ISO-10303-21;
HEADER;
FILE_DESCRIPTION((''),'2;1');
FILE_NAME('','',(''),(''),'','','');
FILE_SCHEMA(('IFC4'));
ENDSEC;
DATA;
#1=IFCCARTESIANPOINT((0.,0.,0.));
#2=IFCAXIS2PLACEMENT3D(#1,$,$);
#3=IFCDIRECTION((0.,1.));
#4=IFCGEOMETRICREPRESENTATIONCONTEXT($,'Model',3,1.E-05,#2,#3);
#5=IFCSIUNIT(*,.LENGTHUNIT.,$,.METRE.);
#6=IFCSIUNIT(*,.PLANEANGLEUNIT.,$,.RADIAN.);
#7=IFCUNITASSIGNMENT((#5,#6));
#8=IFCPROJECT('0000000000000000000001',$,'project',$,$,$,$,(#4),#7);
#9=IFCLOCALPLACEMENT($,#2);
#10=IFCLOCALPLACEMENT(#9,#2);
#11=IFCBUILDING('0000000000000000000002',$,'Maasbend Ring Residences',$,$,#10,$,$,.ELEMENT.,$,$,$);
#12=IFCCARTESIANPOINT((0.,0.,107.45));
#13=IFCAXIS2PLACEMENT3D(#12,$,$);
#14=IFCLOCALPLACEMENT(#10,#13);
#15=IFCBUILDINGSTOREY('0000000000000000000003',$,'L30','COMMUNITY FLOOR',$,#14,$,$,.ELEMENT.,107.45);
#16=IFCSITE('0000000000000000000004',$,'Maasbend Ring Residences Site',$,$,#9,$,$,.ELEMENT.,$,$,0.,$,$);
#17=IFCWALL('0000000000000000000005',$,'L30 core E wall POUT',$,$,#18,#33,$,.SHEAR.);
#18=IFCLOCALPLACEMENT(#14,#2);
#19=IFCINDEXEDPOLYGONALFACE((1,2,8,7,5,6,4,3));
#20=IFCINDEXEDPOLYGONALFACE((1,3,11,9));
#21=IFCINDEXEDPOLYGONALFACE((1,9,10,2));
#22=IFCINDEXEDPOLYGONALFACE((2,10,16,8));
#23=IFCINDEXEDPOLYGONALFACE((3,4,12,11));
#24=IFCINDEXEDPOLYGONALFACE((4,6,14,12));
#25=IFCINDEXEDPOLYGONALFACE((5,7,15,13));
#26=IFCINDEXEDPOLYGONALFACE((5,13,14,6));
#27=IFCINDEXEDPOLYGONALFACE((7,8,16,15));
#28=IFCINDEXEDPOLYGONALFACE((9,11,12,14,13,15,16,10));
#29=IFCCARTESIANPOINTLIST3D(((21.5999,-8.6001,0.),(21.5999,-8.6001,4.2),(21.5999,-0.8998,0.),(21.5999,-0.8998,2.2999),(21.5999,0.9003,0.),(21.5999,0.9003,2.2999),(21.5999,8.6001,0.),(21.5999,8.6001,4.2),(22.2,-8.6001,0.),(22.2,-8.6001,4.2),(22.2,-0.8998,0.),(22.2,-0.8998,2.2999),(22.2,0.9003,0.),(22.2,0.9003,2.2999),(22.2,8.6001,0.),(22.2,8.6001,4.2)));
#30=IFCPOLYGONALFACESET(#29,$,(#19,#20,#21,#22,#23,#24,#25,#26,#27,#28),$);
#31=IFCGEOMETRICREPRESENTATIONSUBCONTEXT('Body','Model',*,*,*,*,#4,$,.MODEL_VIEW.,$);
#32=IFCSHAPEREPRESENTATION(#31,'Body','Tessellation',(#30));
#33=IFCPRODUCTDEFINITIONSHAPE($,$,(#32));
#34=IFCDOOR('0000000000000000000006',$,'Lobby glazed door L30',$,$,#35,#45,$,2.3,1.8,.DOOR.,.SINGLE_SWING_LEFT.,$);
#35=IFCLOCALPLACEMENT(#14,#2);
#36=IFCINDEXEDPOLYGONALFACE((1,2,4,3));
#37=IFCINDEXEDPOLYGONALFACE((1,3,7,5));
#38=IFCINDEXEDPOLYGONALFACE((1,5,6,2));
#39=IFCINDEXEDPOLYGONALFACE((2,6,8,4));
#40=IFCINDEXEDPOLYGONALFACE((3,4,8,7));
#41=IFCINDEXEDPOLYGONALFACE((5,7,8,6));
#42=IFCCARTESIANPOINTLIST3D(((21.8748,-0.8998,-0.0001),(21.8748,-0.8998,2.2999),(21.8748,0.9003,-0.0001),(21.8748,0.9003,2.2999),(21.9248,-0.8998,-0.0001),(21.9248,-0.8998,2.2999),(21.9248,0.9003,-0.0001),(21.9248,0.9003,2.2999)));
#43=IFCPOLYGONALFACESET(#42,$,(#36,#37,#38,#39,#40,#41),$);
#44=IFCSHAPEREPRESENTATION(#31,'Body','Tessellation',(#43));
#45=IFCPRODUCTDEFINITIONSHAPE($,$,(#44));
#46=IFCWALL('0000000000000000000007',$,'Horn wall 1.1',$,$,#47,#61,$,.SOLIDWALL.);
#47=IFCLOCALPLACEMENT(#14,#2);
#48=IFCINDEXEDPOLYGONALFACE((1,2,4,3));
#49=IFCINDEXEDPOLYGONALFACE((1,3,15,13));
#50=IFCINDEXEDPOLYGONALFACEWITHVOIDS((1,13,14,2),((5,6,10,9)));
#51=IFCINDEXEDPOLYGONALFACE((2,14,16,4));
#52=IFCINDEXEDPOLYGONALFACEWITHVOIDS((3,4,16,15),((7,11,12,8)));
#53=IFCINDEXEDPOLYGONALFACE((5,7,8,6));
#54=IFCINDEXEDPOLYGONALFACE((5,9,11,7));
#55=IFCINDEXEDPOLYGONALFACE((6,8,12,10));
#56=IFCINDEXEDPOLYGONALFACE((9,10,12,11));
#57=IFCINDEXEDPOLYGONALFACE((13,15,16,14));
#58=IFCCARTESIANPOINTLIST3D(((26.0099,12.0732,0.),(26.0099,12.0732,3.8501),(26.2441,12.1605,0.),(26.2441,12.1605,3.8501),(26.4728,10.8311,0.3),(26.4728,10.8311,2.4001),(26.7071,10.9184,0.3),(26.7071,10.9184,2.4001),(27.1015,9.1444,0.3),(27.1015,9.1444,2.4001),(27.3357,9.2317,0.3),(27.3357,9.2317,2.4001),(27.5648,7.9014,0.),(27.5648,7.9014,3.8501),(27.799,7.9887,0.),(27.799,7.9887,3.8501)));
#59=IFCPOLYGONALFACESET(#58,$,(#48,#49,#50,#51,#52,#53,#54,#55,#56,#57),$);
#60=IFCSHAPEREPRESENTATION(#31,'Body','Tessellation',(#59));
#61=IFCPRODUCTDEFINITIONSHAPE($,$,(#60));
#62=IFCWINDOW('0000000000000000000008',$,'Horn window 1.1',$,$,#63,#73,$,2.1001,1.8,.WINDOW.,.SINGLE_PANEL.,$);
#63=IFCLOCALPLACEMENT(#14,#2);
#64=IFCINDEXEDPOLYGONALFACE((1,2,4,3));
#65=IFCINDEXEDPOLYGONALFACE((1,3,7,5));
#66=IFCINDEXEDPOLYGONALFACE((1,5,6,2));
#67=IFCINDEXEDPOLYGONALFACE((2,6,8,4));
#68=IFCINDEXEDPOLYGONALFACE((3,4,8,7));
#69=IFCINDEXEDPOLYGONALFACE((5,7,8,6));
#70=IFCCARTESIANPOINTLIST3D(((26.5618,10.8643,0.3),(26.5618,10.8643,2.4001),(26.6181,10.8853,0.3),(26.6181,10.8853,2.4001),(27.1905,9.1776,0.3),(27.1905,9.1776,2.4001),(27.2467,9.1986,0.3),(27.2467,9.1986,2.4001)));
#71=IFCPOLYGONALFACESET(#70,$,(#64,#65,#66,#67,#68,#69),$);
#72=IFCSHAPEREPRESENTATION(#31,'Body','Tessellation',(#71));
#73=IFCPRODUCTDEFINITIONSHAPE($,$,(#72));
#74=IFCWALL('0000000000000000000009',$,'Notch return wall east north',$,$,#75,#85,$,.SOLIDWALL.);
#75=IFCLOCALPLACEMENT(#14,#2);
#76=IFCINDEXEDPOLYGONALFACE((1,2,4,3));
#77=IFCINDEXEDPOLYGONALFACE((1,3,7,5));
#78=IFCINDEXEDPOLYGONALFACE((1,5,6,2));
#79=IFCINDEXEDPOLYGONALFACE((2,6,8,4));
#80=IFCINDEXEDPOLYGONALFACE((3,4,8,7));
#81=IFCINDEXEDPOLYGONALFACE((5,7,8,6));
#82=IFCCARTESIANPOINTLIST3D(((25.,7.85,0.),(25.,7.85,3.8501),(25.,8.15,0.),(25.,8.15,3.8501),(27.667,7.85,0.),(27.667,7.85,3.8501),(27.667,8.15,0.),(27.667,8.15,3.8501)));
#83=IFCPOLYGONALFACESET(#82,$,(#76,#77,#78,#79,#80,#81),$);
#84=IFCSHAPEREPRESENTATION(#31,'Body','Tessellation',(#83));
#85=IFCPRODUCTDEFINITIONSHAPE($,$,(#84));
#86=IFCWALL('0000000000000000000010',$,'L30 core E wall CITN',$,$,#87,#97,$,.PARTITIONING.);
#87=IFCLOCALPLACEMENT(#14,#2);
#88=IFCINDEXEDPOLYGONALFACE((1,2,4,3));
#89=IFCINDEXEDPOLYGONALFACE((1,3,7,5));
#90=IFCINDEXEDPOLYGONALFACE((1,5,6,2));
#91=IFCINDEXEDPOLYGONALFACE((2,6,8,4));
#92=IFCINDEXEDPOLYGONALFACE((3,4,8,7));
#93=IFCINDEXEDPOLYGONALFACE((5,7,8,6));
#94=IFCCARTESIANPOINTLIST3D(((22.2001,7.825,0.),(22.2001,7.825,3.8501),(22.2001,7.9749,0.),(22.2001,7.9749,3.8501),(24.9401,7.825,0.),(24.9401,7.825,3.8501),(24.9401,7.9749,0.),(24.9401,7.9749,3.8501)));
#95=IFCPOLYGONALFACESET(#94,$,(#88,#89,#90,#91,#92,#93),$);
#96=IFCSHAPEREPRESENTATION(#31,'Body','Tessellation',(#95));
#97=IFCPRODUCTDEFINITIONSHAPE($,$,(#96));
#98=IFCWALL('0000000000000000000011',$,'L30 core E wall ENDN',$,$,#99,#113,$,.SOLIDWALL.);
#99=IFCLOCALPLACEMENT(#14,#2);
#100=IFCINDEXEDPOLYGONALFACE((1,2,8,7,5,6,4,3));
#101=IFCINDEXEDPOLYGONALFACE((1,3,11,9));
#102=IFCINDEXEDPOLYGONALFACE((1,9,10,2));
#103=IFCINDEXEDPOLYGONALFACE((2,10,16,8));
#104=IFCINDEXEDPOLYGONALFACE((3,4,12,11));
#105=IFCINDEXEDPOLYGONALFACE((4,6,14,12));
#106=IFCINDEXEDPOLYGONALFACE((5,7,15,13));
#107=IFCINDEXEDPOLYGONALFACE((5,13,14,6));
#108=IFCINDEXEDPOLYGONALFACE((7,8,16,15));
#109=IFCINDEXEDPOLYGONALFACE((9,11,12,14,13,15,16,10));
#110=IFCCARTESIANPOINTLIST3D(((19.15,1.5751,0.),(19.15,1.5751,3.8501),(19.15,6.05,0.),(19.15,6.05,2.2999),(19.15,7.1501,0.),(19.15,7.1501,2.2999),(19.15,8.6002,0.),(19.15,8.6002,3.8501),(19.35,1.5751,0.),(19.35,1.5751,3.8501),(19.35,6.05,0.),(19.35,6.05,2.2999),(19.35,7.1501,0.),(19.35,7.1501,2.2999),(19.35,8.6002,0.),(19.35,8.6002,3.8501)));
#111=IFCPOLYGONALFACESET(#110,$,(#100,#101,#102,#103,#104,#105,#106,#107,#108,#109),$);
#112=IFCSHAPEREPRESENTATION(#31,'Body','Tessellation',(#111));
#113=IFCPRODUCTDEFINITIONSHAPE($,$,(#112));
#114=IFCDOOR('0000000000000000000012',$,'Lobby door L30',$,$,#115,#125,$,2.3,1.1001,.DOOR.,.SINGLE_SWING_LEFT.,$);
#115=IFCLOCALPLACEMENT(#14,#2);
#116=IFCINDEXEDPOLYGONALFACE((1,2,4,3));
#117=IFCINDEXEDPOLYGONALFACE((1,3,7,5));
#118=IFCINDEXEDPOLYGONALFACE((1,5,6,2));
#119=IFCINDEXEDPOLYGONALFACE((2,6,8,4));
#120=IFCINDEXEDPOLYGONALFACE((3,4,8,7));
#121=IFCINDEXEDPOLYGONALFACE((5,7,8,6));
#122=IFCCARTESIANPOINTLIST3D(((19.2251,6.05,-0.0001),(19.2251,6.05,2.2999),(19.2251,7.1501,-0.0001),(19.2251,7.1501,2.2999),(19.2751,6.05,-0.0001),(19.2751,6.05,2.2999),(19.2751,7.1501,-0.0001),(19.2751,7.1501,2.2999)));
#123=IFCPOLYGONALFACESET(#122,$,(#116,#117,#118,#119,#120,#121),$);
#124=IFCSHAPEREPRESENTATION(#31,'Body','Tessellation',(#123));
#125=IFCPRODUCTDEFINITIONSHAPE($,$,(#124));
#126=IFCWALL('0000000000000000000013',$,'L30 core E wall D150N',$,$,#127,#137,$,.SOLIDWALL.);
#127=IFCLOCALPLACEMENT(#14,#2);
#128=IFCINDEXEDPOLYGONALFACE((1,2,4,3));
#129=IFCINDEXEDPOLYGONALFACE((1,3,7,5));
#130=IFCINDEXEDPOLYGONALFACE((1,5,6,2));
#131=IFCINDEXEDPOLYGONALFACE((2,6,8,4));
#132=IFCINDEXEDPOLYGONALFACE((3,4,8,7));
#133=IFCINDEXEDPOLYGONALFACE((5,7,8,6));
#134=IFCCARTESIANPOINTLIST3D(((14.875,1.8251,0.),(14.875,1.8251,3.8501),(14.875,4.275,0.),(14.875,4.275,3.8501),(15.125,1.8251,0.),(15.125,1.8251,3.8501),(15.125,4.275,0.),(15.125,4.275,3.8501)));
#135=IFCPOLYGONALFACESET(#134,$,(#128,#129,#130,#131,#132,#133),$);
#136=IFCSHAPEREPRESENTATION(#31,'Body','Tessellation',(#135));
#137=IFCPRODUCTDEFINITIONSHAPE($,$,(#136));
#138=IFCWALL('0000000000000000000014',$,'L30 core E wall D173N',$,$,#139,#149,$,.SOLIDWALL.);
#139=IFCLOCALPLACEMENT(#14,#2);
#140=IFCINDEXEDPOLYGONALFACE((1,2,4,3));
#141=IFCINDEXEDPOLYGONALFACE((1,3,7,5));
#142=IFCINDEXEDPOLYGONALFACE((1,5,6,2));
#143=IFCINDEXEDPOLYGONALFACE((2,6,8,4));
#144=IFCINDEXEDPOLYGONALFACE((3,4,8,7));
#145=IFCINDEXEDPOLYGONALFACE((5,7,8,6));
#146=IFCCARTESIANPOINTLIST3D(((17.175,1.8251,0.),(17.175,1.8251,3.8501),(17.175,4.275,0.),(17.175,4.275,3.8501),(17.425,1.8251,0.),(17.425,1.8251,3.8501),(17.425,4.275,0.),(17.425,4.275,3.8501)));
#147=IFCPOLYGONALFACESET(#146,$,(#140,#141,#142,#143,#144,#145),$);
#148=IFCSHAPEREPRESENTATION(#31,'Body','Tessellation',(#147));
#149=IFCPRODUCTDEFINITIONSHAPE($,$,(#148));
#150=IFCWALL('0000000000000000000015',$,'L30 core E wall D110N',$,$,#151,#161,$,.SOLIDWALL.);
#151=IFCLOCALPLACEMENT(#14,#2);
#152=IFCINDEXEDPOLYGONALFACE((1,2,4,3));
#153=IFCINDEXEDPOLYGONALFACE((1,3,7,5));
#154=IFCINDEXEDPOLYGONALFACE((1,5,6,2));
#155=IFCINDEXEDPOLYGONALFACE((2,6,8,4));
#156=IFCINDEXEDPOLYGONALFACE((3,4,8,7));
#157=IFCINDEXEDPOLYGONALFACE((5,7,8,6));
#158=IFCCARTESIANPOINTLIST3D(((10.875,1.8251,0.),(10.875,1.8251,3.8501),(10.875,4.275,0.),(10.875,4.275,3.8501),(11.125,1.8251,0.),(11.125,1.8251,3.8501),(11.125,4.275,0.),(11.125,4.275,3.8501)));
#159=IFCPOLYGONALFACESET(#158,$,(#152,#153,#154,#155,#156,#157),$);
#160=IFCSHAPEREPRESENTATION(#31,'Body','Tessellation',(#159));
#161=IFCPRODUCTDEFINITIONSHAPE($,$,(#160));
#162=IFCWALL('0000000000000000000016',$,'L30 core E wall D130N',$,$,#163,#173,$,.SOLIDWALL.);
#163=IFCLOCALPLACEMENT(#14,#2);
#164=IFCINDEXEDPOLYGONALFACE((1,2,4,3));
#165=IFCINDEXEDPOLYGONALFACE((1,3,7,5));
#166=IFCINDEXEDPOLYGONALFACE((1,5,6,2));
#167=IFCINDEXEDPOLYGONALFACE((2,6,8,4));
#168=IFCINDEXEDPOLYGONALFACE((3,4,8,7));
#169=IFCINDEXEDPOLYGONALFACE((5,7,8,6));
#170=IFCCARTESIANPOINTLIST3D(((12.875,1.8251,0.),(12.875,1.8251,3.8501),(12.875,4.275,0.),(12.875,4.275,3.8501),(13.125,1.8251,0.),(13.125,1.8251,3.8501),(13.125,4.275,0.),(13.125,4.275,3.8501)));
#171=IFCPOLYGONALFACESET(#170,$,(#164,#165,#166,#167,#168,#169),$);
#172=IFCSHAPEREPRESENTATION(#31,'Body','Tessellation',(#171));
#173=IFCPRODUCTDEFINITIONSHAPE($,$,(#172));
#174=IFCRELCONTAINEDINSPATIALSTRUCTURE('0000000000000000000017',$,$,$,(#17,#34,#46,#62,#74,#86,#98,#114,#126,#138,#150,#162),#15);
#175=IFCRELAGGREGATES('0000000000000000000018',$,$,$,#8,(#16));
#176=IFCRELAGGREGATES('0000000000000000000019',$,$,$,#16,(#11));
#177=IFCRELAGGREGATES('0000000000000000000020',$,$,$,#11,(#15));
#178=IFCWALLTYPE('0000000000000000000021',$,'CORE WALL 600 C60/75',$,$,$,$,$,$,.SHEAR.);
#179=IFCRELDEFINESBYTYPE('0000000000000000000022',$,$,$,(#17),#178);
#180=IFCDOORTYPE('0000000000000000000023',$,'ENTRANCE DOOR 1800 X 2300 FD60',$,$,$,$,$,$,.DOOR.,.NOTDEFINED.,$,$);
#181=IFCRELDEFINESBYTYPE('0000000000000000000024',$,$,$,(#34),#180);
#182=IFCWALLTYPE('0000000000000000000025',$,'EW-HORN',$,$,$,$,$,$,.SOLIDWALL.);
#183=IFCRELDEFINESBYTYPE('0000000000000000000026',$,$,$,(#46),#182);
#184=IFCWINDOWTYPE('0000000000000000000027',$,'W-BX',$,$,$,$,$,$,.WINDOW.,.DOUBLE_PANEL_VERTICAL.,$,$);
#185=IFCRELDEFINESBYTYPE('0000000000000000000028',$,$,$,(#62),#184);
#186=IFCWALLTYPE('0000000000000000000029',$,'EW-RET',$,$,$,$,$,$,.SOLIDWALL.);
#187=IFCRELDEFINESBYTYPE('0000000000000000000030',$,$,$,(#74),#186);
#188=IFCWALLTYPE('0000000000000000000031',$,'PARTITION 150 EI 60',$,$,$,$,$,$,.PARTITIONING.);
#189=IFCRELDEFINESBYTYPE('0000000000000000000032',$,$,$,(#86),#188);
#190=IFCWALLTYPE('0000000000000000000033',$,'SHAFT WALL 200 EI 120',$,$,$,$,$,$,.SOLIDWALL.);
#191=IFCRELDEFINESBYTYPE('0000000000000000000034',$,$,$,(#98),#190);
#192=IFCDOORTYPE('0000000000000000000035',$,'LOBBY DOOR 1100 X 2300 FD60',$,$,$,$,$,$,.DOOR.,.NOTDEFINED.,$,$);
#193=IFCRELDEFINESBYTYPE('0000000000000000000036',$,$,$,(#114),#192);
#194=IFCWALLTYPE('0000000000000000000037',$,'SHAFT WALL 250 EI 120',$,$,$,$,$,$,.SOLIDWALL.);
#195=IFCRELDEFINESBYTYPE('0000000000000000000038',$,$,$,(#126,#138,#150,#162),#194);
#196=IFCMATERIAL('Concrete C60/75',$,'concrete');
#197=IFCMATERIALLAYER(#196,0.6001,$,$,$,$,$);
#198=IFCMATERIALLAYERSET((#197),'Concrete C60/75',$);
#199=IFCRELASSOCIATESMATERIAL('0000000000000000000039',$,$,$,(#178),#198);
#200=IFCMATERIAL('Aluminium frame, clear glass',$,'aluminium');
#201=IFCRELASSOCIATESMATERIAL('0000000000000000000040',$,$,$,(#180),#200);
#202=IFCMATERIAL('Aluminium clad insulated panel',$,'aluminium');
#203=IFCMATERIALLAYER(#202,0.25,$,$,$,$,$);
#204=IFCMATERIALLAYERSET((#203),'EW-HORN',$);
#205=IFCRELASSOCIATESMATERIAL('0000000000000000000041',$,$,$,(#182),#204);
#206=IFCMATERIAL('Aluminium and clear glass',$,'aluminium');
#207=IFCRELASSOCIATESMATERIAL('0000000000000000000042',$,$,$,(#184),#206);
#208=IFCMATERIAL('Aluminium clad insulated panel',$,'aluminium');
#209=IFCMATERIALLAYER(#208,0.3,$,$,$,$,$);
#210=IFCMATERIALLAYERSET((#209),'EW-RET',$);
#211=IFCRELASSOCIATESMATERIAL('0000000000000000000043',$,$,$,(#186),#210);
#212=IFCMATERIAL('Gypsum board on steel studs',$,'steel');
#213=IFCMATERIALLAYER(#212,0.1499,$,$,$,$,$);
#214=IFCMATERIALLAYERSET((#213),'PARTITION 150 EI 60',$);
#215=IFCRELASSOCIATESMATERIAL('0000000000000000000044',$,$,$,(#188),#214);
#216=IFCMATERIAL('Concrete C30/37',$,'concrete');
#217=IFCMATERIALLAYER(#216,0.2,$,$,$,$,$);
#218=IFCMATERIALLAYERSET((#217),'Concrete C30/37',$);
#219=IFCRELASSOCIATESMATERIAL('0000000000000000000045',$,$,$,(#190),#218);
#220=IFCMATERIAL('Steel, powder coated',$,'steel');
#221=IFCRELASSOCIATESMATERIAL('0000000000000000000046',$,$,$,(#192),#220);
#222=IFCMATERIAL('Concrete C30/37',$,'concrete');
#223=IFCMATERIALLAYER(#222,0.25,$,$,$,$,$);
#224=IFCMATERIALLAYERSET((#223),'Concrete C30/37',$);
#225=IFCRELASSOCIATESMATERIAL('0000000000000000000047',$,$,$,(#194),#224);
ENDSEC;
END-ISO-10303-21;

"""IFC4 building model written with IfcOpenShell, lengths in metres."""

from ifc_helpers import new_model, si_unit, direction, frame, frame_2d, origin, place, context, subcontext, project, spatial, rectangle, extrude, material, layer, layer_set, type_object, element, fill, save


model = new_model("IFC4")

# Units and contexts
model_context = context("Model", 3, precision=1e-05, world=origin(), true_north=direction((0.0, 1.0)))
body_context = subcontext(model_context, "Body", "Model", "MODEL_VIEW")
ifc_project = project(units=[si_unit("LENGTHUNIT", "METRE"), si_unit("PLANEANGLEUNIT", "RADIAN")], contexts=[model_context])

# Site, building, storey
site_placement = place(None, origin())
site = spatial("IfcSite", under=ifc_project, at=site_placement, Name="Maasbend Ring Residences Site", CompositionType="ELEMENT", RefElevation=0.0)
building_placement = place(site_placement, origin())
building = spatial("IfcBuilding", under=site, at=building_placement, Name="Maasbend Ring Residences", CompositionType="ELEMENT")
storey_placement = place(building_placement, frame((0.0, 0.0, 107.45)))
storey = spatial("IfcBuildingStorey", under=building, at=storey_placement, Name="L30", Description="COMMUNITY FLOOR", CompositionType="ELEMENT", Elevation=107.45)

# Wall, opening, door
ifc_material_1 = material(Name="Concrete C60/75", Category="concrete")
ifc_layer_1 = layer(ifc_material_1, 0.6001)
ifc_layer_set_1 = layer_set([ifc_layer_1], Name="Concrete C60/75")
wall_type_1 = type_object("IfcWallType", Name="CORE WALL 600 C60/75", PredefinedType="SHEAR", material=ifc_layer_set_1)
wall_1_placement = place(storey_placement, frame((21.8999, 8.6001, 0.0), z_axis=(0.0, 0.0, 1.0), x_axis=(0.0, -1.0, 0.0)))
wall_1 = element("IfcWall", 1, at=wall_1_placement, inside=storey, type_object=wall_type_1, Name="L30 core E wall POUT", PredefinedType="SHEAR", context=body_context, shape_type="SweptSolid", body=[
    extrude(rectangle(XDim=17.2002, YDim=0.6001, at=frame_2d((8.6001, 0.0))), origin(), (0.0, 0.0, 1.0), 4.2),
])
opening_1_placement = place(wall_1_placement, frame((7.7, 0.0, 0.0)))
opening_1 = element("IfcOpeningElement", 2, at=opening_1_placement, cuts=wall_1, PredefinedType="OPENING", context=body_context, shape_type="SweptSolid", body=[
    extrude(rectangle(XDim=1.8, YDim=2.3, at=frame_2d((0.8999, 1.1499))), frame((0.0, 0.3101, 0.0), z_axis=(0.0, -1.0, 0.0), x_axis=(1.0, 0.0, 0.0)), (0.0, 0.0, 1.0), 0.6201),
])
ifc_material_2 = material(Name="Aluminium frame, clear glass", Category="aluminium")
door_type_1 = type_object("IfcDoorType", Name="ENTRANCE DOOR 1800 X 2300 FD60", OperationType="NOTDEFINED", PredefinedType="DOOR", material=ifc_material_2)
door_1_placement = place(opening_1_placement, origin())
door_1 = element("IfcDoor", 3, at=door_1_placement, inside=storey, type_object=door_type_1, Name="Lobby glazed door L30", OperationType="SINGLE_SWING_LEFT", OverallHeight=2.3, OverallWidth=1.8, PredefinedType="DOOR", context=body_context, shape_type="SweptSolid", body=[
    extrude(rectangle(XDim=1.8, YDim=2.3, at=frame_2d((0.8999, 1.1499))), frame((0.0, 0.0249, 0.0), z_axis=(0.0, -1.0, 0.0), x_axis=(1.0, 0.0, 0.0)), (0.0, 0.0, 1.0), 0.05),
])
fill(opening_1, door_1)

# Wall, opening, window
ifc_material_3 = material(Name="Aluminium clad insulated panel", Category="aluminium")
ifc_layer_2 = layer(ifc_material_3, 0.25)
ifc_layer_set_2 = layer_set([ifc_layer_2], Name="EW-HORN")
wall_type_2 = type_object("IfcWallType", Name="EW-HORN", PredefinedType="SOLIDWALL", material=ifc_layer_set_2)
wall_2_placement = place(storey_placement, frame((27.6819, 7.9451, 0.0), z_axis=(0.0, 0.0, 1.0), x_axis=(-0.349248, 0.93703, 0.0)))
wall_2 = element("IfcWall", 4, at=wall_2_placement, inside=storey, type_object=wall_type_2, Name="Horn wall 1.1", PredefinedType="SOLIDWALL", context=body_context, shape_type="SweptSolid", body=[
    extrude(rectangle(XDim=4.4521, YDim=0.25, at=frame_2d((2.2261, 0.0))), origin(), (0.0, 0.0, 1.0), 3.8501),
])
opening_2_placement = place(wall_2_placement, frame((1.3267, 0.0, 0.3)))
opening_2 = element("IfcOpeningElement", 5, at=opening_2_placement, cuts=wall_2, PredefinedType="OPENING", context=body_context, shape_type="SweptSolid", body=[
    extrude(rectangle(XDim=1.8, YDim=2.1001, at=frame_2d((0.8999, 1.05))), frame((0.0, 0.135, 0.0), z_axis=(0.0, -1.0, 0.0), x_axis=(1.0, 0.0, 0.0)), (0.0, 0.0, 1.0), 0.27),
])
ifc_material_4 = material(Name="Aluminium and clear glass", Category="aluminium")
window_type = type_object("IfcWindowType", Name="W-BX", PartitioningType="DOUBLE_PANEL_VERTICAL", PredefinedType="WINDOW", material=ifc_material_4)
window_placement = place(opening_2_placement, origin())
window = element("IfcWindow", 6, at=window_placement, inside=storey, type_object=window_type, Name="Horn window 1.1", OverallHeight=2.1001, OverallWidth=1.8, PartitioningType="SINGLE_PANEL", PredefinedType="WINDOW", context=body_context, shape_type="SweptSolid", body=[
    extrude(rectangle(XDim=1.8, YDim=2.1001, at=frame_2d((0.8999, 1.05))), frame((0.0, 0.03, 0.0), z_axis=(0.0, -1.0, 0.0), x_axis=(1.0, 0.0, 0.0)), (0.0, 0.0, 1.0), 0.0601),
])
fill(opening_2, window)

# Walls
ifc_material_5 = material(Name="Aluminium clad insulated panel", Category="aluminium")
ifc_layer_3 = layer(ifc_material_5, 0.3)
ifc_layer_set_3 = layer_set([ifc_layer_3], Name="EW-RET")
wall_type_3 = type_object("IfcWallType", Name="EW-RET", PredefinedType="SOLIDWALL", material=ifc_layer_set_3)
wall_3_placement = place(storey_placement, frame((25.0, 8.0, 0.0), z_axis=(0.0, 0.0, 1.0), x_axis=(1.0, 0.0, 0.0)))
element("IfcWall", 7, at=wall_3_placement, inside=storey, type_object=wall_type_3, Name="Notch return wall east north", PredefinedType="SOLIDWALL", context=body_context, shape_type="SweptSolid", body=[
    extrude(rectangle(XDim=2.667, YDim=0.3, at=frame_2d((1.3335, 0.0))), origin(), (0.0, 0.0, 1.0), 3.8501),
])
ifc_material_6 = material(Name="Gypsum board on steel studs", Category="steel")
ifc_layer_4 = layer(ifc_material_6, 0.1499)
ifc_layer_set_4 = layer_set([ifc_layer_4], Name="PARTITION 150 EI 60")
wall_type_4 = type_object("IfcWallType", Name="PARTITION 150 EI 60", PredefinedType="PARTITIONING", material=ifc_layer_set_4)
wall_4_placement = place(storey_placement, frame((22.2, 7.8999, 0.0), z_axis=(0.0, 0.0, 1.0), x_axis=(1.0, 0.0, 0.0)))
element("IfcWall", 8, at=wall_4_placement, inside=storey, type_object=wall_type_4, Name="L30 core E wall CITN", PredefinedType="PARTITIONING", context=body_context, shape_type="SweptSolid", body=[
    extrude(rectangle(XDim=2.74, YDim=0.1499, at=frame_2d((1.3701, 0.0))), origin(), (0.0, 0.0, 1.0), 3.8501),
])

# Wall, opening, door
ifc_material_7 = material(Name="Concrete C30/37", Category="concrete")
ifc_layer_5 = layer(ifc_material_7, 0.2)
ifc_layer_set_5 = layer_set([ifc_layer_5], Name="Concrete C30/37")
wall_type_5 = type_object("IfcWallType", Name="SHAFT WALL 200 EI 120", PredefinedType="SOLIDWALL", material=ifc_layer_set_5)
wall_5_placement = place(storey_placement, frame((19.25, 1.575, 0.0), z_axis=(0.0, 0.0, 1.0), x_axis=(0.0, 1.0, 0.0)))
wall_5 = element("IfcWall", 9, at=wall_5_placement, inside=storey, type_object=wall_type_5, Name="L30 core E wall ENDN", PredefinedType="SOLIDWALL", context=body_context, shape_type="SweptSolid", body=[
    extrude(rectangle(XDim=7.0251, YDim=0.2, at=frame_2d((3.5127, 0.0))), origin(), (0.0, 0.0, 1.0), 3.8501),
])
opening_3_placement = place(wall_5_placement, frame((4.4751, 0.0, 0.0)))
opening_3 = element("IfcOpeningElement", 10, at=opening_3_placement, cuts=wall_5, PredefinedType="OPENING", context=body_context, shape_type="SweptSolid", body=[
    extrude(rectangle(XDim=1.1001, YDim=2.3, at=frame_2d((0.55, 1.1499))), frame((0.0, 0.1099, 0.0), z_axis=(0.0, -1.0, 0.0), x_axis=(1.0, 0.0, 0.0)), (0.0, 0.0, 1.0), 0.22),
])
ifc_material_8 = material(Name="Steel, powder coated", Category="steel")
door_type_2 = type_object("IfcDoorType", Name="LOBBY DOOR 1100 X 2300 FD60", OperationType="NOTDEFINED", PredefinedType="DOOR", material=ifc_material_8)
door_2_placement = place(opening_3_placement, origin())
door_2 = element("IfcDoor", 11, at=door_2_placement, inside=storey, type_object=door_type_2, Name="Lobby door L30", OperationType="SINGLE_SWING_LEFT", OverallHeight=2.3, OverallWidth=1.1001, PredefinedType="DOOR", context=body_context, shape_type="SweptSolid", body=[
    extrude(rectangle(XDim=1.1001, YDim=2.3, at=frame_2d((0.55, 1.1499))), frame((0.0, 0.0249, 0.0), z_axis=(0.0, -1.0, 0.0), x_axis=(1.0, 0.0, 0.0)), (0.0, 0.0, 1.0), 0.05),
])
fill(opening_3, door_2)

# Walls
ifc_material_9 = material(Name="Concrete C30/37", Category="concrete")
ifc_layer_6 = layer(ifc_material_9, 0.25)
ifc_layer_set_6 = layer_set([ifc_layer_6], Name="Concrete C30/37")
wall_type_6 = type_object("IfcWallType", Name="SHAFT WALL 250 EI 120", PredefinedType="SOLIDWALL", material=ifc_layer_set_6)
for number, where, z_axis, x_axis, name in (
    (12, (15.0, 1.825, 0.0), (0.0, 0.0, 1.0), (0.0, 1.0, 0.0), "L30 core E wall D150N"),
    (13, (17.3, 1.825, 0.0), (0.0, 0.0, 1.0), (0.0, 1.0, 0.0), "L30 core E wall D173N"),
    (14, (11.0, 1.825, 0.0), (0.0, 0.0, 1.0), (0.0, 1.0, 0.0), "L30 core E wall D110N"),
    (15, (13.0, 1.825, 0.0), (0.0, 0.0, 1.0), (0.0, 1.0, 0.0), "L30 core E wall D130N"),
):
    element("IfcWall", number, at=place(storey_placement, frame(where, z_axis=z_axis, x_axis=x_axis)), inside=storey, type_object=wall_type_6, Name=name, PredefinedType="SOLIDWALL", context=body_context, shape_type="SweptSolid", body=[
        extrude(rectangle(XDim=2.45, YDim=0.25, at=frame_2d((1.2251, 0.0))), origin(), (0.0, 0.0, 1.0), 3.8501),
    ])

save(model, "model.ifc")
